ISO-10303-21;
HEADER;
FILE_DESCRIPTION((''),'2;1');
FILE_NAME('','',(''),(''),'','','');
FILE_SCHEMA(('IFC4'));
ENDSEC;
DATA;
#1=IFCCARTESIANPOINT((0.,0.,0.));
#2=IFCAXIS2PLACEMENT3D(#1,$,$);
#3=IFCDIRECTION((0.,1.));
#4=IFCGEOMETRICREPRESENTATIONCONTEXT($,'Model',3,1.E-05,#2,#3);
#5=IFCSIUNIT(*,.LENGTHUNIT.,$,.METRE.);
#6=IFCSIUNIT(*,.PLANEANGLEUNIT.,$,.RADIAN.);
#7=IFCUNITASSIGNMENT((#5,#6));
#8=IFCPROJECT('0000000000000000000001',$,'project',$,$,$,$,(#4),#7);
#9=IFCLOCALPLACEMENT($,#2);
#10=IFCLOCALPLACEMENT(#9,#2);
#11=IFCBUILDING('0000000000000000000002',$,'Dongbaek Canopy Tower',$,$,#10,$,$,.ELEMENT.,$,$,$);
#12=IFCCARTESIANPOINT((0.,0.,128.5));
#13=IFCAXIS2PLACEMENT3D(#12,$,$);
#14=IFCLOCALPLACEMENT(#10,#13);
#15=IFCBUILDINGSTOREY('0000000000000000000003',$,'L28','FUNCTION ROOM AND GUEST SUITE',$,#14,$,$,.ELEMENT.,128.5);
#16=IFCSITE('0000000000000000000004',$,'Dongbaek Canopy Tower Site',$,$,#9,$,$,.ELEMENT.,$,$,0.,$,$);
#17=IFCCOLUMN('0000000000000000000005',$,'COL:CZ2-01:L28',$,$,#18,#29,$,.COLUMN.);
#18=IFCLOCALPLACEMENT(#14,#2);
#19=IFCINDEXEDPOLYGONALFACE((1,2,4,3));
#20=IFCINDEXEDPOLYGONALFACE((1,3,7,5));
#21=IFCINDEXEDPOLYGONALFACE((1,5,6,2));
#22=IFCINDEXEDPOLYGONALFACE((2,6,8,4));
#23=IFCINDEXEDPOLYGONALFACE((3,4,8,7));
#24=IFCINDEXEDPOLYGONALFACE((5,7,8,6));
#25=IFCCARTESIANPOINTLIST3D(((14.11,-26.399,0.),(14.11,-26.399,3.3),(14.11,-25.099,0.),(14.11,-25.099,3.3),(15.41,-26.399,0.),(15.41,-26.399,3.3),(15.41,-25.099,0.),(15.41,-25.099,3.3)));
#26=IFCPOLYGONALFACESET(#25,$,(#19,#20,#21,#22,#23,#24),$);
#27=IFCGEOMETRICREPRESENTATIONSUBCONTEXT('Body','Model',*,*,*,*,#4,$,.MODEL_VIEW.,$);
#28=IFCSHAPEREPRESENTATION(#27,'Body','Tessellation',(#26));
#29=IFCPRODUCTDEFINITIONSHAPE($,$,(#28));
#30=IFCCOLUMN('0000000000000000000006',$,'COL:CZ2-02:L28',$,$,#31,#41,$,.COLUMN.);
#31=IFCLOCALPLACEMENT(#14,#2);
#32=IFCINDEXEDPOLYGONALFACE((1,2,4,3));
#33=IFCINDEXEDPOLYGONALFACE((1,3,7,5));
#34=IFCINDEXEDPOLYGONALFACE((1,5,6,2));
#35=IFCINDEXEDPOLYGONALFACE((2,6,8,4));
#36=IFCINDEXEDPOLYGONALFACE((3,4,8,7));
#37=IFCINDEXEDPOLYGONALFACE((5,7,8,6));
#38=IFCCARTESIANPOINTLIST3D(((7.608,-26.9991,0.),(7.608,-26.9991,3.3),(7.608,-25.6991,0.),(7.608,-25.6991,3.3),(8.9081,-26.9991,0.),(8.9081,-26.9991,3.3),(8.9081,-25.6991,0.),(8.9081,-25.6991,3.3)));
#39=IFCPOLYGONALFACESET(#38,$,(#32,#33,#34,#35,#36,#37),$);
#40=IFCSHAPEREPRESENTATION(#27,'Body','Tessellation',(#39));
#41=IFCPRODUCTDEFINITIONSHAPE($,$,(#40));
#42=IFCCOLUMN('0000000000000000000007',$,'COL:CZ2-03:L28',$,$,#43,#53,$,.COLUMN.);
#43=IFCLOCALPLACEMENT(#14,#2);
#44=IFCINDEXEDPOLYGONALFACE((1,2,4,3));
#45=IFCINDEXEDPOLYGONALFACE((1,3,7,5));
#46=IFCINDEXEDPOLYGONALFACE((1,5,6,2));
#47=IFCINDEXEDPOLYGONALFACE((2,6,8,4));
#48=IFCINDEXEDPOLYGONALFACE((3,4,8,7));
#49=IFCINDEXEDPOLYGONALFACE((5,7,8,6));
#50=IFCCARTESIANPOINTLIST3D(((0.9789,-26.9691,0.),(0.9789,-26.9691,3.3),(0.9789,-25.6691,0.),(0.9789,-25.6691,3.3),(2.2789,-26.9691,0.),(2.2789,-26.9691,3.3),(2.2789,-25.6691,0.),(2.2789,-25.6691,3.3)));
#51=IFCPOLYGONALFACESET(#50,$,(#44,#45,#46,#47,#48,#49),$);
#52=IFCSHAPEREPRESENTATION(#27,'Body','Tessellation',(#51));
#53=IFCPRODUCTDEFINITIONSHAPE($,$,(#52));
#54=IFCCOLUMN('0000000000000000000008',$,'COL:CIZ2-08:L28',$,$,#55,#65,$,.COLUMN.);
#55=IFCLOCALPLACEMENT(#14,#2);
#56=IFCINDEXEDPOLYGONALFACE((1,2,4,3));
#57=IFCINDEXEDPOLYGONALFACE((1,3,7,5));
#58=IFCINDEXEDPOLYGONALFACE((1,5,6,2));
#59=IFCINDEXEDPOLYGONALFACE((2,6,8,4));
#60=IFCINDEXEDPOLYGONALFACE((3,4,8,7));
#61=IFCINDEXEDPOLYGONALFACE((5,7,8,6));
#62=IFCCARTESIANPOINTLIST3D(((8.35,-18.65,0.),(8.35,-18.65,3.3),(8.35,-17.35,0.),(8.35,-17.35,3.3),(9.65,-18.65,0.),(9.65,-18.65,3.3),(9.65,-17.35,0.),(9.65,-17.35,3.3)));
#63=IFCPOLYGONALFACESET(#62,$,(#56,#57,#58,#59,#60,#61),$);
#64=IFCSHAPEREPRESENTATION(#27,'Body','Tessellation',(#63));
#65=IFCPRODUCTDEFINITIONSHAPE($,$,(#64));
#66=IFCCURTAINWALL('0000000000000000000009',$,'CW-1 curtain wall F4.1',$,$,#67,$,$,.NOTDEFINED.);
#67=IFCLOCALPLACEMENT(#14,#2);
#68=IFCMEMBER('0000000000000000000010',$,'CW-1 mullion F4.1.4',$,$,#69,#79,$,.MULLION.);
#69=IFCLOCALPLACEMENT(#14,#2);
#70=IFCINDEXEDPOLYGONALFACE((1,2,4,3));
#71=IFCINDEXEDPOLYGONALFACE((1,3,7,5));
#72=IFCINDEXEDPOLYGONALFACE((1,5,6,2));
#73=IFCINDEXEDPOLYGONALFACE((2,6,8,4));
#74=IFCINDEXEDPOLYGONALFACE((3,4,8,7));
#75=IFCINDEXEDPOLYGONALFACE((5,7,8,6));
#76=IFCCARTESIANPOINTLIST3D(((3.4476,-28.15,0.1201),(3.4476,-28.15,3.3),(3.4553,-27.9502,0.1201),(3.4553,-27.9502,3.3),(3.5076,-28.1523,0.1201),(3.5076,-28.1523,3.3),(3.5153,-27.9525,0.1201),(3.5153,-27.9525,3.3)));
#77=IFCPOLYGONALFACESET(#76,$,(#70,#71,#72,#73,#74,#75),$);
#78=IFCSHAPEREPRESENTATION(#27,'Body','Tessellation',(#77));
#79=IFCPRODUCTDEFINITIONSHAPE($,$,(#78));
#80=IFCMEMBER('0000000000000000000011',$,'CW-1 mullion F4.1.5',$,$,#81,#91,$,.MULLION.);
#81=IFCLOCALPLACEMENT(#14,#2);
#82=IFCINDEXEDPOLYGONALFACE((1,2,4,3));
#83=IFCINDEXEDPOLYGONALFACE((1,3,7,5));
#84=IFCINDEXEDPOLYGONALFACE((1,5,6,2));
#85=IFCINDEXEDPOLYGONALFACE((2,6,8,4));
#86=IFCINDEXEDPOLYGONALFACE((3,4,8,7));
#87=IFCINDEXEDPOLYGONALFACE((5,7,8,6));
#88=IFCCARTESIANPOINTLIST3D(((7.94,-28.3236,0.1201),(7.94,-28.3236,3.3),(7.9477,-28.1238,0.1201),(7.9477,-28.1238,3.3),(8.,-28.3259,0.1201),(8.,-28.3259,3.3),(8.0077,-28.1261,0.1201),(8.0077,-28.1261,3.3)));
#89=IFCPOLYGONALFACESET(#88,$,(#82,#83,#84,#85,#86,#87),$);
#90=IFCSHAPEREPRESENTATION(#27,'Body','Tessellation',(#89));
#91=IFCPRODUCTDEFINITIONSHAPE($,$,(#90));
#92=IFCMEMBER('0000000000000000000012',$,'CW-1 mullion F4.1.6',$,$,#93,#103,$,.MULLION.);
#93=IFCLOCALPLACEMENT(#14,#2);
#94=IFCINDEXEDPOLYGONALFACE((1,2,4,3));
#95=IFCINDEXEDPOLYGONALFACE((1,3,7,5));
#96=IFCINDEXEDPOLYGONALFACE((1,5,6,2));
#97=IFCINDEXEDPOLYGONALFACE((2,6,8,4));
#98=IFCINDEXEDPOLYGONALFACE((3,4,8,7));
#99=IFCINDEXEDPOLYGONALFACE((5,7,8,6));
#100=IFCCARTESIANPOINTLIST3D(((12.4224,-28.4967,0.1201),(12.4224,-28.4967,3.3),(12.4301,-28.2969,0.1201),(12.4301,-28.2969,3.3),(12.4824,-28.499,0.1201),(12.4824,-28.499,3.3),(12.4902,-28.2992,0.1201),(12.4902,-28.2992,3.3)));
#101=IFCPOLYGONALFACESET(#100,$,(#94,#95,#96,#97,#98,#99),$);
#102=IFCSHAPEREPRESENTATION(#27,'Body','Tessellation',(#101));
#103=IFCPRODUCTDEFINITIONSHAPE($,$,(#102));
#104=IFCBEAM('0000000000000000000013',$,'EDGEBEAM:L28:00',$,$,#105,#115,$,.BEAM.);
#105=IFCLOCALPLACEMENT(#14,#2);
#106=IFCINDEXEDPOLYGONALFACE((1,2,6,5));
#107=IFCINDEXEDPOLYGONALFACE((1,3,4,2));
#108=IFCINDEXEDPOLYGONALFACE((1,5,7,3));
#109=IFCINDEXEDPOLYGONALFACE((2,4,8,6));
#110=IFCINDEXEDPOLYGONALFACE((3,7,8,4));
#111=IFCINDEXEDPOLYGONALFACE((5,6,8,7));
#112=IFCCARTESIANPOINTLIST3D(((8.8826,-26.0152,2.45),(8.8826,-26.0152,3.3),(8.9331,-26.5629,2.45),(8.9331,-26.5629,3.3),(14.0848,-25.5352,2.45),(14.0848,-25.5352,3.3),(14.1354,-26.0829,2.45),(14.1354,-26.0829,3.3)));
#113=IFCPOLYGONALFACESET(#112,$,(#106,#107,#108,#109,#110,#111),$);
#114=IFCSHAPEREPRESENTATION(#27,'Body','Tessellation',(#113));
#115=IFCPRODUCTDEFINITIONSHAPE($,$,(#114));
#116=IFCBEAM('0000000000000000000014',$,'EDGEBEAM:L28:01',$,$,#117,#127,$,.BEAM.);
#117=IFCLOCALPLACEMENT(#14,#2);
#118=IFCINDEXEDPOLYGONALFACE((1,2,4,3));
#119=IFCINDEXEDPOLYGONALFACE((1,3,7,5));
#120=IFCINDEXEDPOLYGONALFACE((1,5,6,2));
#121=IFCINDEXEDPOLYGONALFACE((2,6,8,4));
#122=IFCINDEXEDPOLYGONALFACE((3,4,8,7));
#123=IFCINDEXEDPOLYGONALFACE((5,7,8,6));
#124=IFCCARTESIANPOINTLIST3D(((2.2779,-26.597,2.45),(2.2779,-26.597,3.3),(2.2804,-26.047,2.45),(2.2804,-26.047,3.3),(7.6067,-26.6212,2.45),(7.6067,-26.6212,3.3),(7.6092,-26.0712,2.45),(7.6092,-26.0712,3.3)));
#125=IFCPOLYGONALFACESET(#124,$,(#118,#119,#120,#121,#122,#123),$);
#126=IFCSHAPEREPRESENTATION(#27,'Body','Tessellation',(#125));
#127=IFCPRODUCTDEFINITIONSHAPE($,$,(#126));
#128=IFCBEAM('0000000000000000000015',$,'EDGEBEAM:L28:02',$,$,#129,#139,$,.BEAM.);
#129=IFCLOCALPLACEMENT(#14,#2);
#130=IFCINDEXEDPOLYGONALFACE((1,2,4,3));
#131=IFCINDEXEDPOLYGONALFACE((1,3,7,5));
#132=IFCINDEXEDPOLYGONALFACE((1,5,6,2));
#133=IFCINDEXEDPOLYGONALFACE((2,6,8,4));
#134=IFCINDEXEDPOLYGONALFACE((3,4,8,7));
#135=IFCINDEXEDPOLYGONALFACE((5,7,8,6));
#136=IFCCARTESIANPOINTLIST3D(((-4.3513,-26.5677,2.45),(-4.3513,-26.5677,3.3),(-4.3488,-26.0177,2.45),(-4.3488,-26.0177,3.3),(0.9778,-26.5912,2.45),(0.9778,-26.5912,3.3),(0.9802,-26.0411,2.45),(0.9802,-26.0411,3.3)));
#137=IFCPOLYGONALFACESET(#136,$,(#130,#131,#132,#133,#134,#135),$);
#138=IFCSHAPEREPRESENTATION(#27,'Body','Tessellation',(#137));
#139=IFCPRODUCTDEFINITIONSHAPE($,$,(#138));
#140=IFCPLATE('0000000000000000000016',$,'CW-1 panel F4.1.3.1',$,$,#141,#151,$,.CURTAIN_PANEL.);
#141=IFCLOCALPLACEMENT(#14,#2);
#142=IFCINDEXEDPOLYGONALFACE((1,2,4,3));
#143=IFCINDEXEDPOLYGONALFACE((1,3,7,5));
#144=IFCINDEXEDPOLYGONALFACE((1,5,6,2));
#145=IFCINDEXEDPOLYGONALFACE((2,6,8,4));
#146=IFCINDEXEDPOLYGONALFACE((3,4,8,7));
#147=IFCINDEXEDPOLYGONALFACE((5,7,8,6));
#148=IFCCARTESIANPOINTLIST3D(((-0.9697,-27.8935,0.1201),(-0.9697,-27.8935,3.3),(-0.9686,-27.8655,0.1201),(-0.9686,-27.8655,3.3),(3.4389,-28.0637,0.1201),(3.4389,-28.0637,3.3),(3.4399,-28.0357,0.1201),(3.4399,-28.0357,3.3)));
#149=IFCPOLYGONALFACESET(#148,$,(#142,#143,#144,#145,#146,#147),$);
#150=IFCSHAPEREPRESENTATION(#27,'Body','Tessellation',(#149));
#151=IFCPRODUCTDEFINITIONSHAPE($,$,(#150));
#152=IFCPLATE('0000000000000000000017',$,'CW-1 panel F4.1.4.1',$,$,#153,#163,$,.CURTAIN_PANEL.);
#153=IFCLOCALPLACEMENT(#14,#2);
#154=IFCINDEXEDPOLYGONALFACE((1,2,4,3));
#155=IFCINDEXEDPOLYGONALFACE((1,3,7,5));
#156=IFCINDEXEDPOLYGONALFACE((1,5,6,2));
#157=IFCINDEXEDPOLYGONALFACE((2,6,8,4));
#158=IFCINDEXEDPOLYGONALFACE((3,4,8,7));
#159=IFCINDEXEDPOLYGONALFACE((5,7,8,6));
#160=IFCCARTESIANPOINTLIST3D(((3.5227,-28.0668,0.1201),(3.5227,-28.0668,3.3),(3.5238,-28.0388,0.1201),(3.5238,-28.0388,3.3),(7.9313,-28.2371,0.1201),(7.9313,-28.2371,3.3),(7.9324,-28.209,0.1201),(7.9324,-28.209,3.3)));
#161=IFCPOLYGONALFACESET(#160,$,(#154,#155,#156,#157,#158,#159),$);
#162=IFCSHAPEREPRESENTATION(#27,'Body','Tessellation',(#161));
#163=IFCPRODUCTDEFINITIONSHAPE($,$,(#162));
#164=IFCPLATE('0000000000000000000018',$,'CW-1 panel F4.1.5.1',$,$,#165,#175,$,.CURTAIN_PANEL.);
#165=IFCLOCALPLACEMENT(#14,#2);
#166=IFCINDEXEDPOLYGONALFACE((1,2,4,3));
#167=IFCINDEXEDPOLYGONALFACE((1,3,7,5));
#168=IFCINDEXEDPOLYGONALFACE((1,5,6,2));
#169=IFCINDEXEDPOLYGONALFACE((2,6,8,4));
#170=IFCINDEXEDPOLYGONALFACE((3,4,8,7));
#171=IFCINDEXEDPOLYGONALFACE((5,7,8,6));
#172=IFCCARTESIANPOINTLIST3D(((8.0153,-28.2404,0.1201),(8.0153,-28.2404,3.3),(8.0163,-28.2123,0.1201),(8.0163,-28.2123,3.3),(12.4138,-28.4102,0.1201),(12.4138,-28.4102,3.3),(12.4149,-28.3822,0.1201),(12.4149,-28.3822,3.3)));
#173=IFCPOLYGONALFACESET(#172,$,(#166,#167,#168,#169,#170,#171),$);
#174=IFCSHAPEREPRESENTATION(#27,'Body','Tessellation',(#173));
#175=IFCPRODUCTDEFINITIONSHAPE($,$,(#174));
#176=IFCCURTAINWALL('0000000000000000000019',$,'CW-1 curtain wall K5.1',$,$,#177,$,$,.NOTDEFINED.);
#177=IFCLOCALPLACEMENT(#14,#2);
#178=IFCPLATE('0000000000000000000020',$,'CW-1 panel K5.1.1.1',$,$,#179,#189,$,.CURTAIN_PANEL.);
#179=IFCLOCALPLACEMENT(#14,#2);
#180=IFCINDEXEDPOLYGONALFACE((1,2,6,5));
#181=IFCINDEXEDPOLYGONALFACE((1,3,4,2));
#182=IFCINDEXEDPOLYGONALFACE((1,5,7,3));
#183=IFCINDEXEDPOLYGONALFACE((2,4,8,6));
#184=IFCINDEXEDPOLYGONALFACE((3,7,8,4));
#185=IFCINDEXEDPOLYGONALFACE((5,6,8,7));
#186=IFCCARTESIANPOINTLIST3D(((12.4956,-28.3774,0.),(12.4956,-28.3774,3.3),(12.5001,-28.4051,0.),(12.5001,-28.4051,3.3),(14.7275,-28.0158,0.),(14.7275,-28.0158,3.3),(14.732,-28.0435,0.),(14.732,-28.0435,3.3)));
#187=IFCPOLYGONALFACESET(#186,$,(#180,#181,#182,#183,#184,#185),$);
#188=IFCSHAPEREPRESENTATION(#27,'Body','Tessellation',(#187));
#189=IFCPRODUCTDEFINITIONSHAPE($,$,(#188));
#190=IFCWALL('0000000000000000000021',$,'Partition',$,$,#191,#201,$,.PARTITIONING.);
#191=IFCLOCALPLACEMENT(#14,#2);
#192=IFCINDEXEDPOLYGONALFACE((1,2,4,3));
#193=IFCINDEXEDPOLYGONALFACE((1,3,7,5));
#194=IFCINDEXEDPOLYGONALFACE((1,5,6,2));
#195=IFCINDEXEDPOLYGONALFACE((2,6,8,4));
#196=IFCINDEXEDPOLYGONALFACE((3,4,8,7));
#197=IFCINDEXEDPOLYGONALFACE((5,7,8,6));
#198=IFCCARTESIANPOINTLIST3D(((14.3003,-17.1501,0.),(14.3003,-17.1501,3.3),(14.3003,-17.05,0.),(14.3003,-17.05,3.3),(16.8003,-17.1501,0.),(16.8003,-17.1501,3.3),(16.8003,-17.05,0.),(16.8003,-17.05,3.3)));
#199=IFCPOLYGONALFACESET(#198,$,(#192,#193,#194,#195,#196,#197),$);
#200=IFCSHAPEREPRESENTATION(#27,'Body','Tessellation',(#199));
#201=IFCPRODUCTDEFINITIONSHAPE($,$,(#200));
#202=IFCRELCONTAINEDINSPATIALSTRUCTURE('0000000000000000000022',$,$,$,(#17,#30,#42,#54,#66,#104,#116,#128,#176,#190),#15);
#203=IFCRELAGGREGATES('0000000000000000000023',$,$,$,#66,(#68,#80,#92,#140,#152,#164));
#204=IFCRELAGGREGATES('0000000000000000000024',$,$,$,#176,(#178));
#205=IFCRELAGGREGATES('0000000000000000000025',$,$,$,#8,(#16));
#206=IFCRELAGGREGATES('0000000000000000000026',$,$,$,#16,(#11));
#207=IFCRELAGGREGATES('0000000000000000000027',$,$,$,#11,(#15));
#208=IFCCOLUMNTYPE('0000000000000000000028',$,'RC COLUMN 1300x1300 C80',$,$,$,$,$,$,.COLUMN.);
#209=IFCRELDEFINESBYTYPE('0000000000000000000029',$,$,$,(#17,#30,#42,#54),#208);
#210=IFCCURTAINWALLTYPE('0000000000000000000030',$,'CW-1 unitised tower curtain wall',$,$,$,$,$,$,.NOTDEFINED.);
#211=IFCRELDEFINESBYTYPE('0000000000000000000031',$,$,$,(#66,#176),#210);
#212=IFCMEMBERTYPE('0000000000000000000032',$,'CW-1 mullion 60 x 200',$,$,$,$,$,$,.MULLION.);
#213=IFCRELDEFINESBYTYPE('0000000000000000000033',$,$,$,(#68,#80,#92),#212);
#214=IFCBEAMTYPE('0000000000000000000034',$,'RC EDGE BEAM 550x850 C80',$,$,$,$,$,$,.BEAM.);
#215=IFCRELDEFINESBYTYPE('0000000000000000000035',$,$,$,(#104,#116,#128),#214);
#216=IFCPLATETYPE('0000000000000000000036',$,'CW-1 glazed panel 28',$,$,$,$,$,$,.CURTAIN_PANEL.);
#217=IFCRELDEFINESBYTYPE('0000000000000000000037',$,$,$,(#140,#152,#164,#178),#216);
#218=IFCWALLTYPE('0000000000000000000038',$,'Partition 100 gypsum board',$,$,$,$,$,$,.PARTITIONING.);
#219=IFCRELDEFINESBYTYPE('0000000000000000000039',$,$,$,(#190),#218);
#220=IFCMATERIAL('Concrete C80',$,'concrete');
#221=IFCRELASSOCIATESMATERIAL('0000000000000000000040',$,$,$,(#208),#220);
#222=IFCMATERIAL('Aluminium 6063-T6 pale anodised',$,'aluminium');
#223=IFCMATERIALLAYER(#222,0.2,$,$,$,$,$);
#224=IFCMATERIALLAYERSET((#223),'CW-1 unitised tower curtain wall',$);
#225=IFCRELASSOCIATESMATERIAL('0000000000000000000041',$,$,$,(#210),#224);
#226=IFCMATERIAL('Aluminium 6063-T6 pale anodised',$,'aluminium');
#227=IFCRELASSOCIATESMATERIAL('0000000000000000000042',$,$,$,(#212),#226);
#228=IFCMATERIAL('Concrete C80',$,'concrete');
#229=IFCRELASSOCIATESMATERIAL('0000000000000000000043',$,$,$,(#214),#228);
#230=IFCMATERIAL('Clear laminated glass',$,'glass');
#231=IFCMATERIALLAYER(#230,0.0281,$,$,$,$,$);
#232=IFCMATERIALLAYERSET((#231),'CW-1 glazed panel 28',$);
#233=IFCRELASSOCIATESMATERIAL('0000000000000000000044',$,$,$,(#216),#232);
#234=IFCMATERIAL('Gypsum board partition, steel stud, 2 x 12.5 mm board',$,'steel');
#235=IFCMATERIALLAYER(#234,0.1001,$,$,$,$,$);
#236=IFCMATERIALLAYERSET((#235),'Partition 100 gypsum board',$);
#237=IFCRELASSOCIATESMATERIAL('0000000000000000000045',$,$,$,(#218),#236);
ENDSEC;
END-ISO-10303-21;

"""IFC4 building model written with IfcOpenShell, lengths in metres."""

from ifc_helpers import new_model, si_unit, direction, frame, frame_2d, origin, origin_2d, place, context, subcontext, project, spatial, rectangle, extrude, material, layer, layer_set, material_profile, profile_set, type_object, element, aggregate, save


model = new_model("IFC4")

# Units and contexts
model_context = context("Model", 3, precision=1e-05, world=origin(), true_north=direction((0.0, 1.0)))
body_context = subcontext(model_context, "Body", "Model", "MODEL_VIEW")
ifc_project = project(units=[si_unit("LENGTHUNIT", "METRE"), si_unit("PLANEANGLEUNIT", "RADIAN")], contexts=[model_context])

# Site, building, storey
site_placement = place(None, origin())
site = spatial("IfcSite", under=ifc_project, at=site_placement, Name="Dongbaek Canopy Tower Site", CompositionType="ELEMENT", RefElevation=0.0)
building_placement = place(site_placement, origin())
building = spatial("IfcBuilding", under=site, at=building_placement, Name="Dongbaek Canopy Tower", CompositionType="ELEMENT")
storey_placement = place(building_placement, frame((0.0, 0.0, 128.5)))
storey = spatial("IfcBuildingStorey", under=building, at=storey_placement, Name="L28", Description="FUNCTION ROOM AND GUEST SUITE", CompositionType="ELEMENT", Elevation=128.5)

# Columns
ifc_material_1 = material(Name="Concrete C80", Category="concrete")
ifc_material_profile_1 = material_profile(ifc_material_1, rectangle(XDim=1.3, YDim=1.3, at=origin_2d()), Name="RC COLUMN 1300x1300 C80")
ifc_profile_set_1 = profile_set([ifc_material_profile_1], Name="Concrete C80")
column_type = type_object("IfcColumnType", Name="RC COLUMN 1300x1300 C80", PredefinedType="COLUMN", material=ifc_profile_set_1)
for number, where, z_axis, x_axis, name in (
    (1, (14.76, -25.749, 0.0), (0.0, 0.0, 1.0), (1.0, 0.0, 0.0), "COL:CZ2-01:L28"),
    (2, (8.2581, -26.3491, 0.0), (0.0, 0.0, 1.0), (1.0, 0.0, 0.0), "COL:CZ2-02:L28"),
    (3, (1.6289, -26.3191, 0.0), (0.0, 0.0, 1.0), (1.0, 0.0, 0.0), "COL:CZ2-03:L28"),
    (4, (9.0, -18.0, 0.0), (0.0, 0.0, 1.0), (1.0, 0.0, 0.0), "COL:CIZ2-08:L28"),
):
    element("IfcColumn", number, at=place(storey_placement, frame(where, z_axis=z_axis, x_axis=x_axis)), inside=storey, type_object=column_type, Name=name, PredefinedType="COLUMN", context=body_context, shape_type="SweptSolid", body=[
        extrude(rectangle(XDim=1.3, YDim=1.3, at=origin_2d()), origin(), (0.0, 0.0, 1.0), 3.3),
    ])

# Curtain wall, members
ifc_material_2 = material(Name="Aluminium 6063-T6 pale anodised", Category="aluminium")
ifc_layer_1 = layer(ifc_material_2, 0.2)
ifc_layer_set_1 = layer_set([ifc_layer_1], Name="CW-1 unitised tower curtain wall")
curtain_wall_type = type_object("IfcCurtainWallType", Name="CW-1 unitised tower curtain wall", PredefinedType="NOTDEFINED", material=ifc_layer_set_1)
curtain_wall_1_placement = place(storey_placement, origin())
curtain_wall_1 = element("IfcCurtainWall", 5, at=curtain_wall_1_placement, inside=storey, type_object=curtain_wall_type, Name="CW-1 curtain wall F4.1", PredefinedType="NOTDEFINED")
ifc_material_3 = material(Name="Aluminium 6063-T6 pale anodised", Category="aluminium")
ifc_material_profile_2 = material_profile(ifc_material_3, rectangle(XDim=0.2, YDim=0.0601, at=origin_2d()), Name="CW-1 mullion 60 x 200")
ifc_profile_set_2 = profile_set([ifc_material_profile_2], Name="Aluminium 6063-T6 pale anodised")
member_type = type_object("IfcMemberType", Name="CW-1 mullion 60 x 200", PredefinedType="MULLION", material=ifc_profile_set_2)
member_1_placement = place(storey_placement, frame((3.4814, -28.0513, 0.1201), z_axis=(0.0, 0.0, 1.0), x_axis=(-0.038587, -0.999255, 0.0)))
member_1 = element("IfcMember", 6, at=member_1_placement, type_object=member_type, Name="CW-1 mullion F4.1.4", PredefinedType="MULLION", context=body_context, shape_type="SweptSolid", body=[
    extrude(rectangle(XDim=0.2, YDim=0.0601, at=origin_2d()), origin(), (0.0, 0.0, 1.0), 3.1799),
])
member_2_placement = place(storey_placement, frame((7.9739, -28.2249, 0.1201), z_axis=(0.0, 0.0, 1.0), x_axis=(-0.038587, -0.999255, 0.0)))
member_2 = element("IfcMember", 7, at=member_2_placement, type_object=member_type, Name="CW-1 mullion F4.1.5", PredefinedType="MULLION", context=body_context, shape_type="SweptSolid", body=[
    extrude(rectangle(XDim=0.2, YDim=0.0601, at=origin_2d()), origin(), (0.0, 0.0, 1.0), 3.1799),
])
member_3_placement = place(storey_placement, frame((12.4563, -28.3979, 0.1201), z_axis=(0.0, 0.0, 1.0), x_axis=(-0.038587, -0.999255, 0.0)))
member_3 = element("IfcMember", 8, at=member_3_placement, type_object=member_type, Name="CW-1 mullion F4.1.6", PredefinedType="MULLION", context=body_context, shape_type="SweptSolid", body=[
    extrude(rectangle(XDim=0.2, YDim=0.0601, at=origin_2d()), origin(), (0.0, 0.0, 1.0), 3.1799),
])

# Beams
ifc_material_4 = material(Name="Concrete C80", Category="concrete")
ifc_material_profile_3 = material_profile(ifc_material_4, rectangle(XDim=0.55, YDim=0.8501, at=origin_2d()), Name="RC EDGE BEAM 550x850 C80")
ifc_profile_set_3 = profile_set([ifc_material_profile_3], Name="Concrete C80")
beam_type = type_object("IfcBeamType", Name="RC EDGE BEAM 550x850 C80", PredefinedType="BEAM", material=ifc_profile_set_3)
beam_1_placement = place(storey_placement, frame((14.1101, -25.8091, 2.875), z_axis=(-0.99577, -0.091876, 0.0), x_axis=(0.091876, -0.99577, 0.0)))
element("IfcBeam", 9, at=beam_1_placement, inside=storey, type_object=beam_type, Name="EDGEBEAM:L28:00", PredefinedType="BEAM", context=body_context, shape_type="SweptSolid", body=[
    extrude(rectangle(XDim=0.55, YDim=0.8501, at=origin_2d()), origin(), (0.0, 0.0, 1.0), 5.2244),
])
beam_2_placement = place(storey_placement, frame((7.6079, -26.3462, 2.875), z_axis=(-0.99999, 0.004536, 0.0), x_axis=(-0.004536, -0.99999, 0.0)))
element("IfcBeam", 10, at=beam_2_placement, inside=storey, type_object=beam_type, Name="EDGEBEAM:L28:01", PredefinedType="BEAM", context=body_context, shape_type="SweptSolid", body=[
    extrude(rectangle(XDim=0.55, YDim=0.8501, at=origin_2d()), origin(), (0.0, 0.0, 1.0), 5.3289),
])
beam_3_placement = place(storey_placement, frame((0.979, -26.3162, 2.875), z_axis=(-0.99999, 0.004398, 0.0), x_axis=(-0.004398, -0.99999, 0.0)))
element("IfcBeam", 11, at=beam_3_placement, inside=storey, type_object=beam_type, Name="EDGEBEAM:L28:02", PredefinedType="BEAM", context=body_context, shape_type="SweptSolid", body=[
    extrude(rectangle(XDim=0.55, YDim=0.8501, at=origin_2d()), origin(), (0.0, 0.0, 1.0), 5.3291),
])

# Plates
ifc_material_5 = material(Name="Clear laminated glass", Category="glass")
ifc_layer_2 = layer(ifc_material_5, 0.0281)
ifc_layer_set_2 = layer_set([ifc_layer_2], Name="CW-1 glazed panel 28")
plate_type = type_object("IfcPlateType", Name="CW-1 glazed panel 28", PredefinedType="CURTAIN_PANEL", material=ifc_layer_set_2)
plate_1_placement = place(storey_placement, frame((1.2351, -27.9646, 0.1201), z_axis=(0.0, 0.0, 1.0), x_axis=(0.999255, -0.038587, 0.0)))
plate_1 = element("IfcPlate", 12, at=plate_1_placement, type_object=plate_type, Name="CW-1 panel F4.1.3.1", PredefinedType="CURTAIN_PANEL", context=body_context, shape_type="SweptSolid", body=[
    extrude(rectangle(XDim=4.4119, YDim=0.0281, at=origin_2d()), origin(), (0.0, 0.0, 1.0), 3.1799),
])
plate_2_placement = place(storey_placement, frame((5.7275, -28.1379, 0.1201), z_axis=(0.0, 0.0, 1.0), x_axis=(0.999255, -0.038587, 0.0)))
plate_2 = element("IfcPlate", 13, at=plate_2_placement, type_object=plate_type, Name="CW-1 panel F4.1.4.1", PredefinedType="CURTAIN_PANEL", context=body_context, shape_type="SweptSolid", body=[
    extrude(rectangle(XDim=4.4119, YDim=0.0281, at=origin_2d()), origin(), (0.0, 0.0, 1.0), 3.1799),
])
plate_3_placement = place(storey_placement, frame((10.2151, -28.3113, 0.1201), z_axis=(0.0, 0.0, 1.0), x_axis=(0.999255, -0.038587, 0.0)))
plate_3 = element("IfcPlate", 14, at=plate_3_placement, type_object=plate_type, Name="CW-1 panel F4.1.5.1", PredefinedType="CURTAIN_PANEL", context=body_context, shape_type="SweptSolid", body=[
    extrude(rectangle(XDim=4.4019, YDim=0.0281, at=origin_2d()), origin(), (0.0, 0.0, 1.0), 3.1799),
])

# Curtain wall, plate
curtain_wall_2_placement = place(storey_placement, origin())
curtain_wall_2 = element("IfcCurtainWall", 15, at=curtain_wall_2_placement, inside=storey, type_object=curtain_wall_type, Name="CW-1 curtain wall K5.1", PredefinedType="NOTDEFINED")
plate_4_placement = place(storey_placement, frame((13.6138, -28.2104, 0.0), z_axis=(0.0, 0.0, 1.0), x_axis=(0.987123, 0.159963, 0.0)))
plate_4 = element("IfcPlate", 16, at=plate_4_placement, type_object=plate_type, Name="CW-1 panel K5.1.1.1", PredefinedType="CURTAIN_PANEL", context=body_context, shape_type="SweptSolid", body=[
    extrude(rectangle(XDim=2.261, YDim=0.0281, at=origin_2d()), origin(), (0.0, 0.0, 1.0), 3.3),
])

# Wall
ifc_material_6 = material(Name="Gypsum board partition, steel stud, 2 x 12.5 mm board", Category="steel")
ifc_layer_3 = layer(ifc_material_6, 0.1001)
ifc_layer_set_3 = layer_set([ifc_layer_3], Name="Partition 100 gypsum board")
wall_type = type_object("IfcWallType", Name="Partition 100 gypsum board", PredefinedType="PARTITIONING", material=ifc_layer_set_3)
wall_1_placement = place(storey_placement, frame((14.3003, -17.1001, 0.0), z_axis=(0.0, 0.0, 1.0), x_axis=(1.0, 0.0, 0.0)))
element("IfcWall", 17, at=wall_1_placement, inside=storey, type_object=wall_type, Name="Partition", PredefinedType="PARTITIONING", context=body_context, shape_type="SweptSolid", body=[
    extrude(rectangle(XDim=2.5, YDim=0.1001, at=frame_2d((1.25, 0.0))), origin(), (0.0, 0.0, 1.0), 3.3),
])

aggregate(curtain_wall_1, [member_1, member_2, member_3, plate_1, plate_2, plate_3])
aggregate(curtain_wall_2, [plate_4])

save(model, "model.ifc")
